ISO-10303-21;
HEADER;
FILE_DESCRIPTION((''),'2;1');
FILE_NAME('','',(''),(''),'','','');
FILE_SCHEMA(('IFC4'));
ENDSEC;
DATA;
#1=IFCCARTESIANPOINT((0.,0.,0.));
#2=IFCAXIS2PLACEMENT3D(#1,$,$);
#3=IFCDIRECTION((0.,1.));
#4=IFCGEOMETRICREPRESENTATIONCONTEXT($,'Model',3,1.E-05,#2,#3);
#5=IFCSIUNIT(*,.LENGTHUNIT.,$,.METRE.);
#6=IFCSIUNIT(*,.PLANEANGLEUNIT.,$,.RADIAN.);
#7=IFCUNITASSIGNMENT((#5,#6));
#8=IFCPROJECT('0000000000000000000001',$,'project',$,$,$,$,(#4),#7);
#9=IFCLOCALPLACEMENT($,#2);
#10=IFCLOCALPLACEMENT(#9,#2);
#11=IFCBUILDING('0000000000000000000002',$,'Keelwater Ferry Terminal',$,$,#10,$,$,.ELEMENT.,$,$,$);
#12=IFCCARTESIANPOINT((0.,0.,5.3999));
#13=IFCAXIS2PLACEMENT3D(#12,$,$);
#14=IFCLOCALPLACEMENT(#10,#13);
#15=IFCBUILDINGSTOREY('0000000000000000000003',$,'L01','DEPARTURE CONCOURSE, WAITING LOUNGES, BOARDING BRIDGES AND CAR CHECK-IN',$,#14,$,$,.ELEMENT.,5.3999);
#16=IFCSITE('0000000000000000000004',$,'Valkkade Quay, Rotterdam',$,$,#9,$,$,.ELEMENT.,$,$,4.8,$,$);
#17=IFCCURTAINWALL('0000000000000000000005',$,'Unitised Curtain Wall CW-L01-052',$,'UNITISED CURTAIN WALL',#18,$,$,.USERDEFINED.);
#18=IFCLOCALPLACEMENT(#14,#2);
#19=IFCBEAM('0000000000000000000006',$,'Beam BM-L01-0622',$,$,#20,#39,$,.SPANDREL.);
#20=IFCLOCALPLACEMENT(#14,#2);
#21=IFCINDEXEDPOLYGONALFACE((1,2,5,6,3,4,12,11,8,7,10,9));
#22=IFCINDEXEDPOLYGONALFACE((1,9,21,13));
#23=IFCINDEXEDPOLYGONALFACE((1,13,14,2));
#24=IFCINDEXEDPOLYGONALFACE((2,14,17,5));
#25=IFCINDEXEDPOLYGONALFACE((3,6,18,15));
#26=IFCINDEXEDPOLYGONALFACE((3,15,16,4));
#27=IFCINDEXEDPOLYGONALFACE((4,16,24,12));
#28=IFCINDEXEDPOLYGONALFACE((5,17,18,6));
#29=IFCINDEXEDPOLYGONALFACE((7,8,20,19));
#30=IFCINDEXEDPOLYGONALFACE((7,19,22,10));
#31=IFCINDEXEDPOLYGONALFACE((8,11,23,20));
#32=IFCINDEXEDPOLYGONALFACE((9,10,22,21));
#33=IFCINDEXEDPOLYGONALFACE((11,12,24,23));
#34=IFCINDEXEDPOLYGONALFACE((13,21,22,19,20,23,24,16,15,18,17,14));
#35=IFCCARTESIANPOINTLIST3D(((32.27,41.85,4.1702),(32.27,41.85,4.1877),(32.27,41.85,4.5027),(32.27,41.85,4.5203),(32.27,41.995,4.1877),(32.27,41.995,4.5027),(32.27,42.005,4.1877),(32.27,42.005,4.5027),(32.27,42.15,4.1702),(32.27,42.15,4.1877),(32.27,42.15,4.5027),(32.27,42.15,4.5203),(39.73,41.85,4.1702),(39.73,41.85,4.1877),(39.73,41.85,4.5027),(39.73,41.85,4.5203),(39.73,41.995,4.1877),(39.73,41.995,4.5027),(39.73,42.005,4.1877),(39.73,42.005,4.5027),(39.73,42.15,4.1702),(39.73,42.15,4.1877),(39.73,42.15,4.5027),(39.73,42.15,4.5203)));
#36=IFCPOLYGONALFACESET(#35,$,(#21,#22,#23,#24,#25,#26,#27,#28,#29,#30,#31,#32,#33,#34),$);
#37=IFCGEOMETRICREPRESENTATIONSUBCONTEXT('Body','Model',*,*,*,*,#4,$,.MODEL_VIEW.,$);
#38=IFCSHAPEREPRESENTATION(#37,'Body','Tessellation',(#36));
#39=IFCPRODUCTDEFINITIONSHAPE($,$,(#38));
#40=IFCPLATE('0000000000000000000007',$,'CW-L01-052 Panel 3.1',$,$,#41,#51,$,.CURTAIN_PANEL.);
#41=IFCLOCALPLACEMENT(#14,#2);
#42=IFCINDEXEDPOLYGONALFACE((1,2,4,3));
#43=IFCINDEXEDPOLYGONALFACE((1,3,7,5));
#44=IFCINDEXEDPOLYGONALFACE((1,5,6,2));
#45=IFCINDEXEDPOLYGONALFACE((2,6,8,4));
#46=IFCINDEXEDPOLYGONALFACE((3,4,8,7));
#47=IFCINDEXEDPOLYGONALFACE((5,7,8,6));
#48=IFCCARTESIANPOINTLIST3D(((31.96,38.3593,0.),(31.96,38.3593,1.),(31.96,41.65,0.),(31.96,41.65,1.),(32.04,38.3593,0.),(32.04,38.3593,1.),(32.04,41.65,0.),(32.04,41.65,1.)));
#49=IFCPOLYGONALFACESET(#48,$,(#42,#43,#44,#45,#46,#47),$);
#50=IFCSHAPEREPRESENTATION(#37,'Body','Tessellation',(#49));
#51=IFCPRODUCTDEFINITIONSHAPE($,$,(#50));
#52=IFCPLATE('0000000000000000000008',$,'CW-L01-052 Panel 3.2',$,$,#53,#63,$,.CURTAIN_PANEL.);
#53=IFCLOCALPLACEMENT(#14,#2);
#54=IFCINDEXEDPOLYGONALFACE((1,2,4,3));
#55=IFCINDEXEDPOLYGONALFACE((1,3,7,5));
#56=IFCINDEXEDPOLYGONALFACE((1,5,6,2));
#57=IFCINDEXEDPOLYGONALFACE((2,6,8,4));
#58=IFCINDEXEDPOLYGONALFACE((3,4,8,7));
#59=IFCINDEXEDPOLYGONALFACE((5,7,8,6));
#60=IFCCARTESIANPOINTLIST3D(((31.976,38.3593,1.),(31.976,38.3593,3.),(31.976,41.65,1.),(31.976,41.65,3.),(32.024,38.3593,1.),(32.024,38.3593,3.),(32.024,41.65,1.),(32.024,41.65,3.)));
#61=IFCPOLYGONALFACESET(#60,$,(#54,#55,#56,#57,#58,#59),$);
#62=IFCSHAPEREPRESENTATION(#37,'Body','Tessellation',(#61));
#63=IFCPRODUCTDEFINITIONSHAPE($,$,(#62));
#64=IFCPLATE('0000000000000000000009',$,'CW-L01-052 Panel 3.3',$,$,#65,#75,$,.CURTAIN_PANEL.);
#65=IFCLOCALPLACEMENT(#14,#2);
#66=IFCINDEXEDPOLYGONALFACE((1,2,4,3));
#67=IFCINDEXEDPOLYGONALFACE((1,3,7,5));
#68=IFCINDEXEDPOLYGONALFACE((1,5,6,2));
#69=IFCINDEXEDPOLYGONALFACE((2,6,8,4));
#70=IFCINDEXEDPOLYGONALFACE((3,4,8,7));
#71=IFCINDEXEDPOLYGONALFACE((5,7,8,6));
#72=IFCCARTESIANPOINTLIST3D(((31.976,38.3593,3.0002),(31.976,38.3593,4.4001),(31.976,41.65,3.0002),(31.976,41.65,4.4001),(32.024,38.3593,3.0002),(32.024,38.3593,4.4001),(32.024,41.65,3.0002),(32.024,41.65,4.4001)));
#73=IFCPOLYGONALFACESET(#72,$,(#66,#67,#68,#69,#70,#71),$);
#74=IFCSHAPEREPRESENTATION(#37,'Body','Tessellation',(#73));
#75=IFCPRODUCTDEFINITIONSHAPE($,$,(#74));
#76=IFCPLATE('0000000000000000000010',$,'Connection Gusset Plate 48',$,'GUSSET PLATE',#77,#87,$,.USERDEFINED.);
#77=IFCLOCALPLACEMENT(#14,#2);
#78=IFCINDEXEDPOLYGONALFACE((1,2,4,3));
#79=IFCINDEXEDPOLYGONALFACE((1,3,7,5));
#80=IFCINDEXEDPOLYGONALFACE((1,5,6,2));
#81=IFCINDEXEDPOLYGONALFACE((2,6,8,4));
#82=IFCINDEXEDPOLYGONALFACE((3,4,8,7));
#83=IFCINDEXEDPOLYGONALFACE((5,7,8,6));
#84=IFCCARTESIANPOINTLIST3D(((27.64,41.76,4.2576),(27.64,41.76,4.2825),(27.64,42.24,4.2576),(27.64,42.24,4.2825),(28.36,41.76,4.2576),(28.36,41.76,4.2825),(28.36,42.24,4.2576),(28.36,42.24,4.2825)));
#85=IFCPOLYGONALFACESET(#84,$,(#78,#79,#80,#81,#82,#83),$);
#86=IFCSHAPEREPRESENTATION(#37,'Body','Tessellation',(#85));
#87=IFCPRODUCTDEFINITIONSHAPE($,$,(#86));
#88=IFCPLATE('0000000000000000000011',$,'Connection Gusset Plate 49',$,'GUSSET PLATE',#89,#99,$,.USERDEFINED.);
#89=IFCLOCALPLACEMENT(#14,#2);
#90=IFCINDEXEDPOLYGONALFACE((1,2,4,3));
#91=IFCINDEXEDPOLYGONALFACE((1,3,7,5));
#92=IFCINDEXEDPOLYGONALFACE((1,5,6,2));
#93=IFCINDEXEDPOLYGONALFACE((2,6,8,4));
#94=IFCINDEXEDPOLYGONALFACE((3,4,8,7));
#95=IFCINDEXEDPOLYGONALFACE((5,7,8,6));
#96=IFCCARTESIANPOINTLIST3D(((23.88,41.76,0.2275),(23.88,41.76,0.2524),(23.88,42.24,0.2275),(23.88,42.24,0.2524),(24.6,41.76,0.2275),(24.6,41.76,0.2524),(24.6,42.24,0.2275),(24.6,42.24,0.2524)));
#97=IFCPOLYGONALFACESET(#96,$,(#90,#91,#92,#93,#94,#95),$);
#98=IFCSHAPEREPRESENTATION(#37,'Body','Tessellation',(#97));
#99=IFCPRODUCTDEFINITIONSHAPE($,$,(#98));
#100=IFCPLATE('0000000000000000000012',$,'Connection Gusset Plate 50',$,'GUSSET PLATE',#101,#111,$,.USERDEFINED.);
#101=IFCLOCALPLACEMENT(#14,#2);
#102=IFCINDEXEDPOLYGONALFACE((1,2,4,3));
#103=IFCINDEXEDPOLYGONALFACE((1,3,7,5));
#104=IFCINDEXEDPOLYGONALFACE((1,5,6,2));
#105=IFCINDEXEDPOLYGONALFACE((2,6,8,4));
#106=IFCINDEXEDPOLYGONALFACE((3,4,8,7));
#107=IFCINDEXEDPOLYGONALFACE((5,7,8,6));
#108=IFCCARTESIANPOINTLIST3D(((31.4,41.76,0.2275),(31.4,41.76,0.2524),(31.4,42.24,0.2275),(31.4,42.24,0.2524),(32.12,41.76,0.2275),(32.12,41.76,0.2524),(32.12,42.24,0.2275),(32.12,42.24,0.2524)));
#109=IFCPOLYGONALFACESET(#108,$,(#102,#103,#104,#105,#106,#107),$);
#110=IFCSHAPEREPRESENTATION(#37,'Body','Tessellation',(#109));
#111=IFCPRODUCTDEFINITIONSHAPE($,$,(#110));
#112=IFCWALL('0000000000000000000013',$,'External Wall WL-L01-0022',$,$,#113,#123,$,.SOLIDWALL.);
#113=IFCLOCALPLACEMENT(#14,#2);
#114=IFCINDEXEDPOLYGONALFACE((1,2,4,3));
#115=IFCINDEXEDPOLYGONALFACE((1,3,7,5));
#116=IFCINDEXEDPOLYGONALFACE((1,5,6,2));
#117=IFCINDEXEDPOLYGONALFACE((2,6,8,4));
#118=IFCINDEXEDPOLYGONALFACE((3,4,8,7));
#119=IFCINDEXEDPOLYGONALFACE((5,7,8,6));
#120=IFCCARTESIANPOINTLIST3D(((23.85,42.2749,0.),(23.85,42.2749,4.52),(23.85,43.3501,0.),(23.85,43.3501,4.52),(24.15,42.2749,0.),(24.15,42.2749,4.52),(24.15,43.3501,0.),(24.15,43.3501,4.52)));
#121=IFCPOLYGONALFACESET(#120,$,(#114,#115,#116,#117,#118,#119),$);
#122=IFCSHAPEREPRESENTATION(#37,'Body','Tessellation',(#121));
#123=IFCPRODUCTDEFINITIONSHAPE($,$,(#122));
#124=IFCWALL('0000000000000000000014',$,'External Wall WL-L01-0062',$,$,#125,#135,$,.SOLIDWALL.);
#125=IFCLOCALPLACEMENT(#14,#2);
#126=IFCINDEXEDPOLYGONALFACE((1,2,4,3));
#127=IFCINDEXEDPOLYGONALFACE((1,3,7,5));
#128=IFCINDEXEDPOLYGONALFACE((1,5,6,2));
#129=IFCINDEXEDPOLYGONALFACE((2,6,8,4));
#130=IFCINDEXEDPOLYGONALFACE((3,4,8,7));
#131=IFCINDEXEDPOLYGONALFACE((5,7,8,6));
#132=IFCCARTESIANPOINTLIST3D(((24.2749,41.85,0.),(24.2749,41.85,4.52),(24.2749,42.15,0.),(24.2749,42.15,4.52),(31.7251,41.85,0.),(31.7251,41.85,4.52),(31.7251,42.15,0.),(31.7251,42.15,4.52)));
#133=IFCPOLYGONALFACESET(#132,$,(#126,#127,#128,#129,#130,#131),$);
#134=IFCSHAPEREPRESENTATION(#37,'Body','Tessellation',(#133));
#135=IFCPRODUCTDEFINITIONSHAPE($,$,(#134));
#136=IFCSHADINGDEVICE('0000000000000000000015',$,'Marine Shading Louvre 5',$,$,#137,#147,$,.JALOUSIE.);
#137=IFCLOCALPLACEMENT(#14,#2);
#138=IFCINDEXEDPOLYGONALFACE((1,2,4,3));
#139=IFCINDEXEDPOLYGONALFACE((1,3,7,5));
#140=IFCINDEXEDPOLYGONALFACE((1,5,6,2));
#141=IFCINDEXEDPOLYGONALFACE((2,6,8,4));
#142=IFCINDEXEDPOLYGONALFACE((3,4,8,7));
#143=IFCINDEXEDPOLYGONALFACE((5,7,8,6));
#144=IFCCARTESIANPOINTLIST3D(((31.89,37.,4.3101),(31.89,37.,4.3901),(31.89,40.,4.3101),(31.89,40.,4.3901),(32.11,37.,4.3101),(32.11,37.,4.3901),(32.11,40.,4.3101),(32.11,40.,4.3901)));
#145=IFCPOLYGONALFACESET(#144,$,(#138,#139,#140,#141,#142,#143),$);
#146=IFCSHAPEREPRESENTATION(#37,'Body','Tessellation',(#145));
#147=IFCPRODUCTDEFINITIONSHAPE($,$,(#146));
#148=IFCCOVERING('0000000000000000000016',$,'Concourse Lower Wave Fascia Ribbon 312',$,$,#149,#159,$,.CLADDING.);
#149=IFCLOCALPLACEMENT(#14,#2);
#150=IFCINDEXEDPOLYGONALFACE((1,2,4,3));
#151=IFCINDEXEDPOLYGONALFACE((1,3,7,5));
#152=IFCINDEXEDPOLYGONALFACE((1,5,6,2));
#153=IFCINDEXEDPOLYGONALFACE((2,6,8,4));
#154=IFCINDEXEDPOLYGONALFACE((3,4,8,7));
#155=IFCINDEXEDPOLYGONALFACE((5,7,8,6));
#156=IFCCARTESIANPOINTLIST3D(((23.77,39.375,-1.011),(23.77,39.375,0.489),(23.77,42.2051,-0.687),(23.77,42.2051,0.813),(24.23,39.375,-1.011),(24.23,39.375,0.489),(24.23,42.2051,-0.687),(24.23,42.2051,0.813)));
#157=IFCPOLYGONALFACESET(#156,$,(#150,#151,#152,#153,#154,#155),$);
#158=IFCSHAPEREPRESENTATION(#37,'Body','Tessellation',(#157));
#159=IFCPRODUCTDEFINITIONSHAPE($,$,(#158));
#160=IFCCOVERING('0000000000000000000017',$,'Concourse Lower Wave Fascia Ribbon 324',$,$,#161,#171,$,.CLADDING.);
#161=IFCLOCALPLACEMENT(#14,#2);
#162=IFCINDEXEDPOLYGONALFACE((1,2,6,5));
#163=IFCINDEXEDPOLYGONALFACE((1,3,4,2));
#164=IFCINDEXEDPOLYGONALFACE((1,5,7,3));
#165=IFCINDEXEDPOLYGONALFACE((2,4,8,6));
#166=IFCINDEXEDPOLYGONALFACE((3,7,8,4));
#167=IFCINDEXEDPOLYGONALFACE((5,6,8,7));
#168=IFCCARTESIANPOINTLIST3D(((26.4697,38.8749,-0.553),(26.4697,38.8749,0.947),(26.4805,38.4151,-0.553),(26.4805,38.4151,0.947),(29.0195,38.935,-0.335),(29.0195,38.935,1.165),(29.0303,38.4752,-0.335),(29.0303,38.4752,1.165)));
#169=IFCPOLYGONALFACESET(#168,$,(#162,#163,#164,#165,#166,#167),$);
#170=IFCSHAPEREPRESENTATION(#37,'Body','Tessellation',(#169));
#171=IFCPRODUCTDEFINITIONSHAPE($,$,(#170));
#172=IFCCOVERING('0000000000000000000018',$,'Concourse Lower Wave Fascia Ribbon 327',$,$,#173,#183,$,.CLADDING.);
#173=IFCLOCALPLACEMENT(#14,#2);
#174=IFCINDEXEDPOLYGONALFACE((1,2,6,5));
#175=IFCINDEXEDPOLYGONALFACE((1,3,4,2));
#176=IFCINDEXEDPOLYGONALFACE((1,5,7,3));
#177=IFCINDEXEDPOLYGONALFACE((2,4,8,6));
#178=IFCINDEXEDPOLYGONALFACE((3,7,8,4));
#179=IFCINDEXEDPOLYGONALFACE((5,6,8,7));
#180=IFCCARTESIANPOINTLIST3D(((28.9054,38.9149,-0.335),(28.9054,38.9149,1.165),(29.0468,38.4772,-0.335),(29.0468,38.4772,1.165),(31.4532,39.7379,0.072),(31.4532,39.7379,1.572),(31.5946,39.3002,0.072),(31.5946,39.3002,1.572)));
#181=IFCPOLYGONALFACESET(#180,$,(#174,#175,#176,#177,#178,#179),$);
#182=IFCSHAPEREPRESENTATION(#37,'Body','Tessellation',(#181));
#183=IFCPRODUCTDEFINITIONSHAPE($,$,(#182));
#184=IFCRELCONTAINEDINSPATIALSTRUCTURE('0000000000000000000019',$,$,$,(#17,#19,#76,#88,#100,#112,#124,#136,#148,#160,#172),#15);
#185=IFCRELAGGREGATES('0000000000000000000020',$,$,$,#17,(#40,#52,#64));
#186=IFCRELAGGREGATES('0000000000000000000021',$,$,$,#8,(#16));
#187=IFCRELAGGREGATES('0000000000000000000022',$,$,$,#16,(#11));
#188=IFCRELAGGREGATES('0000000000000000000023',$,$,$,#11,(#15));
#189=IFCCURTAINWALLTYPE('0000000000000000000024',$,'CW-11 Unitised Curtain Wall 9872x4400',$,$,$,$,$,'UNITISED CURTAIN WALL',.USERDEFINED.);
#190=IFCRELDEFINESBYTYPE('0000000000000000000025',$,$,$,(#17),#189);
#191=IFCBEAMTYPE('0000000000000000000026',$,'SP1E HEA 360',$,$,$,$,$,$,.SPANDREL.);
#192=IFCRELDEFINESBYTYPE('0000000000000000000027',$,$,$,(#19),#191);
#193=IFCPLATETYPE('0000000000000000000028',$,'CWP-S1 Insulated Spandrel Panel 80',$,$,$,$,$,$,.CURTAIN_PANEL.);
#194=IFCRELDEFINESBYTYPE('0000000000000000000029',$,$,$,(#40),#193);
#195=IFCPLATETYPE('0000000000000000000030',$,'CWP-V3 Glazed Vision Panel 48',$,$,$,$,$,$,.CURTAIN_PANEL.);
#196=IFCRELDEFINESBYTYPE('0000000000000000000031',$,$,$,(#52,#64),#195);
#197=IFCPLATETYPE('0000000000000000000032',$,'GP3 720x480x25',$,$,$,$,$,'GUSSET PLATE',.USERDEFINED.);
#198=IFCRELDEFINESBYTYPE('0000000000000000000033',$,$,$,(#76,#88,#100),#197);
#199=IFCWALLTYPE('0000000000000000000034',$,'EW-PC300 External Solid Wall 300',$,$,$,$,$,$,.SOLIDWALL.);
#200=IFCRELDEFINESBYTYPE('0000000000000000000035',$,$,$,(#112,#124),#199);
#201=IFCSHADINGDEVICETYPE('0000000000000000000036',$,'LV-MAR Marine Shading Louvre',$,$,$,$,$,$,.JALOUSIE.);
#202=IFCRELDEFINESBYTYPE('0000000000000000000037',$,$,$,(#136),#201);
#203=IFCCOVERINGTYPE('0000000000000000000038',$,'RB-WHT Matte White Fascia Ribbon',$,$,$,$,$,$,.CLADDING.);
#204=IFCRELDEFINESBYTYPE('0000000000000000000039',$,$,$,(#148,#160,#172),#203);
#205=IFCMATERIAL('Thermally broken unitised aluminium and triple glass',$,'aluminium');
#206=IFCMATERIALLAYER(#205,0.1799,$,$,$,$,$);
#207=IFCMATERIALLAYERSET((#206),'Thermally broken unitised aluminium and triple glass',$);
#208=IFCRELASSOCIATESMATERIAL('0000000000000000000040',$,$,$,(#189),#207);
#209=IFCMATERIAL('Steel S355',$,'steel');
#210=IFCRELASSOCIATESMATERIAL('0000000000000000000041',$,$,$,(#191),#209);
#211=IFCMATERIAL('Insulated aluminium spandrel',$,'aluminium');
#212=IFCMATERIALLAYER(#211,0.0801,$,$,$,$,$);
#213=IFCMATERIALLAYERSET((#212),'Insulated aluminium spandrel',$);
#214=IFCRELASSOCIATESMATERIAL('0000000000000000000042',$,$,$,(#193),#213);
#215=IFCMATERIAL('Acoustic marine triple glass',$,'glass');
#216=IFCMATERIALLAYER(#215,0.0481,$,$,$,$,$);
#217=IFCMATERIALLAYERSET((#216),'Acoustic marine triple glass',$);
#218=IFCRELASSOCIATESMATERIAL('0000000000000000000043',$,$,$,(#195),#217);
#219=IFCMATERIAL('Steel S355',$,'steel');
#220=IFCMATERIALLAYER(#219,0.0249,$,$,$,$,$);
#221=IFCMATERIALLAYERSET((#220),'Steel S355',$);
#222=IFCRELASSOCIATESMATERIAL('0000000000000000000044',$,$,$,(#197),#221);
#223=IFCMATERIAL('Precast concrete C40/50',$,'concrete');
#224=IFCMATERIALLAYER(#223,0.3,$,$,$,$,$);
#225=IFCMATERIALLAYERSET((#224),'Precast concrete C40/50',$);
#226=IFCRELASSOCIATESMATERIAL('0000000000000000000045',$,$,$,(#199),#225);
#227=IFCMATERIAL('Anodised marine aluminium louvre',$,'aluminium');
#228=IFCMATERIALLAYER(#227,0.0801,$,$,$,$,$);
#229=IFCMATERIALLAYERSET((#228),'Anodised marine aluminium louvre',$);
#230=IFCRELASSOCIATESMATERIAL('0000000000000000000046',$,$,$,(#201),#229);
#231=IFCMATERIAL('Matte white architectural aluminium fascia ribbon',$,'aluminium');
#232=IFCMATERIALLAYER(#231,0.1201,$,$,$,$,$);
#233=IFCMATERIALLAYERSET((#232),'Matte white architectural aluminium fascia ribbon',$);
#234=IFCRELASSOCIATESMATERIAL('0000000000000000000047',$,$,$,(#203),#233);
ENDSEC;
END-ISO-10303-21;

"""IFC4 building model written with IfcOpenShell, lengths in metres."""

from ifc_helpers import new_model, si_unit, direction, frame, frame_2d, origin, origin_2d, place, context, subcontext, project, spatial, polyline, rectangle, i_section, outline, extrude, material, layer, layer_set, material_profile, profile_set, type_object, element, aggregate, save


model = new_model("IFC4")

# Units and contexts
model_context = context("Model", 3, precision=1e-05, world=origin(), true_north=direction((0.0, 1.0)))
body_context = subcontext(model_context, "Body", "Model", "MODEL_VIEW")
ifc_project = project(units=[si_unit("LENGTHUNIT", "METRE"), si_unit("PLANEANGLEUNIT", "RADIAN")], contexts=[model_context])

# Site, building, storey
site_placement = place(None, origin())
site = spatial("IfcSite", under=ifc_project, at=site_placement, Name="Valkkade Quay, Rotterdam", CompositionType="ELEMENT", RefElevation=4.8)
building_placement = place(site_placement, origin())
building = spatial("IfcBuilding", under=site, at=building_placement, Name="Keelwater Ferry Terminal", CompositionType="ELEMENT")
storey_placement = place(building_placement, frame((0.0, 0.0, 5.3999)))
storey = spatial("IfcBuildingStorey", under=building, at=storey_placement, Name="L01", Description="DEPARTURE CONCOURSE, WAITING LOUNGES, BOARDING BRIDGES AND CAR CHECK-IN", CompositionType="ELEMENT", Elevation=5.3999)

# Curtain wall
ifc_material_1 = material(Name="Thermally broken unitised aluminium and triple glass", Category="aluminium")
ifc_layer_1 = layer(ifc_material_1, 0.1799)
ifc_layer_set_1 = layer_set([ifc_layer_1], Name="Thermally broken unitised aluminium and triple glass")
curtain_wall_type = type_object("IfcCurtainWallType", Name="CW-11 Unitised Curtain Wall 9872x4400", ElementType="UNITISED CURTAIN WALL", PredefinedType="USERDEFINED", material=ifc_layer_set_1)
curtain_wall_placement = place(storey_placement, origin())
curtain_wall = element("IfcCurtainWall", 1, at=curtain_wall_placement, inside=storey, type_object=curtain_wall_type, Name="Unitised Curtain Wall CW-L01-052", ObjectType="UNITISED CURTAIN WALL", PredefinedType="USERDEFINED")

# Beam
ifc_material_2 = material(Name="Steel S355", Category="steel")
ifc_material_profile_1 = material_profile(ifc_material_2, i_section(OverallWidth=0.3, OverallDepth=0.3501, WebThickness=0.01, FlangeThickness=0.0176, at=origin_2d()), Name="HEA 360")
ifc_profile_set_1 = profile_set([ifc_material_profile_1], Name="Steel S355")
beam_type_1 = type_object("IfcBeamType", Name="SP1E HEA 360", PredefinedType="SPANDREL", material=ifc_profile_set_1)
for number, where, z_axis, x_axis, name in (
    (2, (32.27, 42.0, 4.3452), (1.0, 0.0, 0.0), (0.0, 1.0, 0.0), "Beam BM-L01-0622"),
):
    element("IfcBeam", number, at=place(storey_placement, frame(where, z_axis=z_axis, x_axis=x_axis)), inside=storey, type_object=beam_type_1, Name=name, PredefinedType="SPANDREL", context=body_context, shape_type="SweptSolid", body=[
        extrude(i_section(OverallWidth=0.3, OverallDepth=0.3501, WebThickness=0.01, FlangeThickness=0.0176, at=origin_2d()), origin(), (0.0, 0.0, 1.0), 7.46),
    ])

# Plates
ifc_material_3 = material(Name="Insulated aluminium spandrel", Category="aluminium")
ifc_layer_2 = layer(ifc_material_3, 0.0801)
ifc_layer_set_2 = layer_set([ifc_layer_2], Name="Insulated aluminium spandrel")
plate_type_1 = type_object("IfcPlateType", Name="CWP-S1 Insulated Spandrel Panel 80", PredefinedType="CURTAIN_PANEL", material=ifc_layer_set_2)
plate_1_placement = place(storey_placement, frame((32.0, 40.0046, 0.0), z_axis=(0.0, 0.0, 1.0), x_axis=(0.0, 1.0, 0.0)))
plate_1 = element("IfcPlate", 3, at=plate_1_placement, type_object=plate_type_1, Name="CW-L01-052 Panel 3.1", PredefinedType="CURTAIN_PANEL", context=body_context, shape_type="SweptSolid", body=[
    extrude(rectangle(XDim=3.2908, YDim=0.0801, at=origin_2d()), origin(), (0.0, 0.0, 1.0), 1.0),
])
ifc_material_4 = material(Name="Acoustic marine triple glass", Category="glass")
ifc_layer_3 = layer(ifc_material_4, 0.0481)
ifc_layer_set_3 = layer_set([ifc_layer_3], Name="Acoustic marine triple glass")
plate_type_2 = type_object("IfcPlateType", Name="CWP-V3 Glazed Vision Panel 48", PredefinedType="CURTAIN_PANEL", material=ifc_layer_set_3)
plate_2_placement = place(storey_placement, frame((32.0, 40.0046, 1.0), z_axis=(0.0, 0.0, 1.0), x_axis=(0.0, 1.0, 0.0)))
plate_2 = element("IfcPlate", 4, at=plate_2_placement, type_object=plate_type_2, Name="CW-L01-052 Panel 3.2", PredefinedType="CURTAIN_PANEL", context=body_context, shape_type="SweptSolid", body=[
    extrude(rectangle(XDim=3.2908, YDim=0.0481, at=origin_2d()), origin(), (0.0, 0.0, 1.0), 2.0),
])
plate_3_placement = place(storey_placement, frame((32.0, 40.0046, 3.0002), z_axis=(0.0, 0.0, 1.0), x_axis=(0.0, 1.0, 0.0)))
plate_3 = element("IfcPlate", 5, at=plate_3_placement, type_object=plate_type_2, Name="CW-L01-052 Panel 3.3", PredefinedType="CURTAIN_PANEL", context=body_context, shape_type="SweptSolid", body=[
    extrude(rectangle(XDim=3.2908, YDim=0.0481, at=origin_2d()), origin(), (0.0, 0.0, 1.0), 1.3999),
])
aggregate(curtain_wall, [plate_1, plate_2, plate_3])

# Plates
ifc_material_5 = material(Name="Steel S355", Category="steel")
ifc_layer_4 = layer(ifc_material_5, 0.0249)
ifc_layer_set_4 = layer_set([ifc_layer_4], Name="Steel S355")
plate_type_3 = type_object("IfcPlateType", Name="GP3 720x480x25", ElementType="GUSSET PLATE", PredefinedType="USERDEFINED", material=ifc_layer_set_4)
for number, where, z_axis, x_axis, name in (
    (6, (28.0, 42.0, 4.2576), (0.0, 0.0, 1.0), (1.0, 0.0, 0.0), "Connection Gusset Plate 48"),
    (7, (24.24, 42.0, 0.2275), (0.0, 0.0, 1.0), (1.0, 0.0, 0.0), "Connection Gusset Plate 49"),
    (8, (31.76, 42.0, 0.2275), (0.0, 0.0, 1.0), (1.0, 0.0, 0.0), "Connection Gusset Plate 50"),
):
    element("IfcPlate", number, at=place(storey_placement, frame(where, z_axis=z_axis, x_axis=x_axis)), inside=storey, type_object=plate_type_3, Name=name, ObjectType="GUSSET PLATE", PredefinedType="USERDEFINED", context=body_context, shape_type="SweptSolid", body=[
        extrude(rectangle(XDim=0.72, YDim=0.48, at=origin_2d()), origin(), (0.0, 0.0, 1.0), 0.0249),
    ])

# Walls
ifc_material_6 = material(Name="Precast concrete C40/50", Category="concrete")
ifc_layer_5 = layer(ifc_material_6, 0.3)
ifc_layer_set_5 = layer_set([ifc_layer_5], Name="Precast concrete C40/50")
wall_type = type_object("IfcWallType", Name="EW-PC300 External Solid Wall 300", PredefinedType="SOLIDWALL", material=ifc_layer_set_5)
wall_1_placement = place(storey_placement, frame((24.0, 43.3501, 0.0), z_axis=(0.0, 0.0, 1.0), x_axis=(0.0, -1.0, 0.0)))
element("IfcWall", 9, at=wall_1_placement, inside=storey, type_object=wall_type, Name="External Wall WL-L01-0022", PredefinedType="SOLIDWALL", context=body_context, shape_type="SweptSolid", body=[
    extrude(rectangle(XDim=1.0752, YDim=0.3, at=frame_2d((0.5376, 0.0))), origin(), (0.0, 0.0, 1.0), 4.52),
])
wall_2_placement = place(storey_placement, frame((31.7251, 42.0, 0.0), z_axis=(0.0, 0.0, 1.0), x_axis=(-1.0, 0.0, 0.0)))
element("IfcWall", 10, at=wall_2_placement, inside=storey, type_object=wall_type, Name="External Wall WL-L01-0062", PredefinedType="SOLIDWALL", context=body_context, shape_type="SweptSolid", body=[
    extrude(rectangle(XDim=7.4502, YDim=0.3, at=frame_2d((3.7251, 0.0))), origin(), (0.0, 0.0, 1.0), 4.52),
])

# Shading device
ifc_material_7 = material(Name="Anodised marine aluminium louvre", Category="aluminium")
ifc_layer_6 = layer(ifc_material_7, 0.0801)
ifc_layer_set_6 = layer_set([ifc_layer_6], Name="Anodised marine aluminium louvre")
shading_device_type = type_object("IfcShadingDeviceType", Name="LV-MAR Marine Shading Louvre", PredefinedType="JALOUSIE", material=ifc_layer_set_6)
shading_device_placement = place(storey_placement, frame((32.0, 38.5, 4.3101), z_axis=(0.0, 0.0, 1.0), x_axis=(1.0, 0.0, 0.0)))
element("IfcShadingDevice", 11, at=shading_device_placement, inside=storey, type_object=shading_device_type, Name="Marine Shading Louvre 5", PredefinedType="JALOUSIE", context=body_context, shape_type="SweptSolid", body=[
    extrude(rectangle(XDim=0.22, YDim=3.0, at=origin_2d()), origin(), (0.0, 0.0, 1.0), 0.0801),
])

# Coverings
ifc_material_8 = material(Name="Matte white architectural aluminium fascia ribbon", Category="aluminium")
ifc_layer_7 = layer(ifc_material_8, 0.1201)
ifc_layer_set_7 = layer_set([ifc_layer_7], Name="Matte white architectural aluminium fascia ribbon")
covering_type = type_object("IfcCoveringType", Name="RB-WHT Matte White Fascia Ribbon", PredefinedType="CLADDING", material=ifc_layer_set_7)
covering_1_placement = place(storey_placement, frame((24.0, 42.2051, -1.011), z_axis=(0.0, 0.0, 1.0), x_axis=(0.0, -1.0, 0.0)))
element("IfcCovering", 12, at=covering_1_placement, inside=storey, type_object=covering_type, Name="Concourse Lower Wave Fascia Ribbon 312", PredefinedType="CLADDING", context=body_context, shape_type="SweptSolid", body=[
    extrude(outline(polyline([(0.0, 0.324), (2.8301, 0.0), (2.8301, 1.5), (0.0, 1.824), (0.0, 0.324)])), frame((0.0, 0.23, 0.0), z_axis=(0.0, -1.0, 0.0), x_axis=(1.0, 0.0, 0.0)), (0.0, 0.0, 1.0), 0.46),
])
covering_2_placement = place(storey_placement, frame((26.4751, 38.645, -0.553), z_axis=(0.0, 0.0, 1.0), x_axis=(0.999723, 0.023548, 0.0)))
element("IfcCovering", 13, at=covering_2_placement, inside=storey, type_object=covering_type, Name="Concourse Lower Wave Fascia Ribbon 324", PredefinedType="CLADDING", context=body_context, shape_type="SweptSolid", body=[
    extrude(outline(polyline([(0.0, 0.0), (2.5505, 0.218), (2.5505, 1.718), (0.0, 1.5), (0.0, 0.0)])), frame((0.0, 0.23, 0.0), z_axis=(0.0, -1.0, 0.0), x_axis=(1.0, 0.0, 0.0)), (0.0, 0.0, 1.0), 0.46),
])
covering_3_placement = place(storey_placement, frame((28.9761, 38.696, -0.335), z_axis=(0.0, 0.0, 1.0), x_axis=(0.951587, 0.307378, 0.0)))
element("IfcCovering", 14, at=covering_3_placement, inside=storey, type_object=covering_type, Name="Concourse Lower Wave Fascia Ribbon 327", PredefinedType="CLADDING", context=body_context, shape_type="SweptSolid", body=[
    extrude(outline(polyline([(0.0, 0.0), (2.6775, 0.407), (2.6775, 1.907), (0.0, 1.5), (0.0, 0.0)])), frame((0.0, 0.23, 0.0), z_axis=(0.0, -1.0, 0.0), x_axis=(1.0, 0.0, 0.0)), (0.0, 0.0, 1.0), 0.46),
])

save(model, "model.ifc")
